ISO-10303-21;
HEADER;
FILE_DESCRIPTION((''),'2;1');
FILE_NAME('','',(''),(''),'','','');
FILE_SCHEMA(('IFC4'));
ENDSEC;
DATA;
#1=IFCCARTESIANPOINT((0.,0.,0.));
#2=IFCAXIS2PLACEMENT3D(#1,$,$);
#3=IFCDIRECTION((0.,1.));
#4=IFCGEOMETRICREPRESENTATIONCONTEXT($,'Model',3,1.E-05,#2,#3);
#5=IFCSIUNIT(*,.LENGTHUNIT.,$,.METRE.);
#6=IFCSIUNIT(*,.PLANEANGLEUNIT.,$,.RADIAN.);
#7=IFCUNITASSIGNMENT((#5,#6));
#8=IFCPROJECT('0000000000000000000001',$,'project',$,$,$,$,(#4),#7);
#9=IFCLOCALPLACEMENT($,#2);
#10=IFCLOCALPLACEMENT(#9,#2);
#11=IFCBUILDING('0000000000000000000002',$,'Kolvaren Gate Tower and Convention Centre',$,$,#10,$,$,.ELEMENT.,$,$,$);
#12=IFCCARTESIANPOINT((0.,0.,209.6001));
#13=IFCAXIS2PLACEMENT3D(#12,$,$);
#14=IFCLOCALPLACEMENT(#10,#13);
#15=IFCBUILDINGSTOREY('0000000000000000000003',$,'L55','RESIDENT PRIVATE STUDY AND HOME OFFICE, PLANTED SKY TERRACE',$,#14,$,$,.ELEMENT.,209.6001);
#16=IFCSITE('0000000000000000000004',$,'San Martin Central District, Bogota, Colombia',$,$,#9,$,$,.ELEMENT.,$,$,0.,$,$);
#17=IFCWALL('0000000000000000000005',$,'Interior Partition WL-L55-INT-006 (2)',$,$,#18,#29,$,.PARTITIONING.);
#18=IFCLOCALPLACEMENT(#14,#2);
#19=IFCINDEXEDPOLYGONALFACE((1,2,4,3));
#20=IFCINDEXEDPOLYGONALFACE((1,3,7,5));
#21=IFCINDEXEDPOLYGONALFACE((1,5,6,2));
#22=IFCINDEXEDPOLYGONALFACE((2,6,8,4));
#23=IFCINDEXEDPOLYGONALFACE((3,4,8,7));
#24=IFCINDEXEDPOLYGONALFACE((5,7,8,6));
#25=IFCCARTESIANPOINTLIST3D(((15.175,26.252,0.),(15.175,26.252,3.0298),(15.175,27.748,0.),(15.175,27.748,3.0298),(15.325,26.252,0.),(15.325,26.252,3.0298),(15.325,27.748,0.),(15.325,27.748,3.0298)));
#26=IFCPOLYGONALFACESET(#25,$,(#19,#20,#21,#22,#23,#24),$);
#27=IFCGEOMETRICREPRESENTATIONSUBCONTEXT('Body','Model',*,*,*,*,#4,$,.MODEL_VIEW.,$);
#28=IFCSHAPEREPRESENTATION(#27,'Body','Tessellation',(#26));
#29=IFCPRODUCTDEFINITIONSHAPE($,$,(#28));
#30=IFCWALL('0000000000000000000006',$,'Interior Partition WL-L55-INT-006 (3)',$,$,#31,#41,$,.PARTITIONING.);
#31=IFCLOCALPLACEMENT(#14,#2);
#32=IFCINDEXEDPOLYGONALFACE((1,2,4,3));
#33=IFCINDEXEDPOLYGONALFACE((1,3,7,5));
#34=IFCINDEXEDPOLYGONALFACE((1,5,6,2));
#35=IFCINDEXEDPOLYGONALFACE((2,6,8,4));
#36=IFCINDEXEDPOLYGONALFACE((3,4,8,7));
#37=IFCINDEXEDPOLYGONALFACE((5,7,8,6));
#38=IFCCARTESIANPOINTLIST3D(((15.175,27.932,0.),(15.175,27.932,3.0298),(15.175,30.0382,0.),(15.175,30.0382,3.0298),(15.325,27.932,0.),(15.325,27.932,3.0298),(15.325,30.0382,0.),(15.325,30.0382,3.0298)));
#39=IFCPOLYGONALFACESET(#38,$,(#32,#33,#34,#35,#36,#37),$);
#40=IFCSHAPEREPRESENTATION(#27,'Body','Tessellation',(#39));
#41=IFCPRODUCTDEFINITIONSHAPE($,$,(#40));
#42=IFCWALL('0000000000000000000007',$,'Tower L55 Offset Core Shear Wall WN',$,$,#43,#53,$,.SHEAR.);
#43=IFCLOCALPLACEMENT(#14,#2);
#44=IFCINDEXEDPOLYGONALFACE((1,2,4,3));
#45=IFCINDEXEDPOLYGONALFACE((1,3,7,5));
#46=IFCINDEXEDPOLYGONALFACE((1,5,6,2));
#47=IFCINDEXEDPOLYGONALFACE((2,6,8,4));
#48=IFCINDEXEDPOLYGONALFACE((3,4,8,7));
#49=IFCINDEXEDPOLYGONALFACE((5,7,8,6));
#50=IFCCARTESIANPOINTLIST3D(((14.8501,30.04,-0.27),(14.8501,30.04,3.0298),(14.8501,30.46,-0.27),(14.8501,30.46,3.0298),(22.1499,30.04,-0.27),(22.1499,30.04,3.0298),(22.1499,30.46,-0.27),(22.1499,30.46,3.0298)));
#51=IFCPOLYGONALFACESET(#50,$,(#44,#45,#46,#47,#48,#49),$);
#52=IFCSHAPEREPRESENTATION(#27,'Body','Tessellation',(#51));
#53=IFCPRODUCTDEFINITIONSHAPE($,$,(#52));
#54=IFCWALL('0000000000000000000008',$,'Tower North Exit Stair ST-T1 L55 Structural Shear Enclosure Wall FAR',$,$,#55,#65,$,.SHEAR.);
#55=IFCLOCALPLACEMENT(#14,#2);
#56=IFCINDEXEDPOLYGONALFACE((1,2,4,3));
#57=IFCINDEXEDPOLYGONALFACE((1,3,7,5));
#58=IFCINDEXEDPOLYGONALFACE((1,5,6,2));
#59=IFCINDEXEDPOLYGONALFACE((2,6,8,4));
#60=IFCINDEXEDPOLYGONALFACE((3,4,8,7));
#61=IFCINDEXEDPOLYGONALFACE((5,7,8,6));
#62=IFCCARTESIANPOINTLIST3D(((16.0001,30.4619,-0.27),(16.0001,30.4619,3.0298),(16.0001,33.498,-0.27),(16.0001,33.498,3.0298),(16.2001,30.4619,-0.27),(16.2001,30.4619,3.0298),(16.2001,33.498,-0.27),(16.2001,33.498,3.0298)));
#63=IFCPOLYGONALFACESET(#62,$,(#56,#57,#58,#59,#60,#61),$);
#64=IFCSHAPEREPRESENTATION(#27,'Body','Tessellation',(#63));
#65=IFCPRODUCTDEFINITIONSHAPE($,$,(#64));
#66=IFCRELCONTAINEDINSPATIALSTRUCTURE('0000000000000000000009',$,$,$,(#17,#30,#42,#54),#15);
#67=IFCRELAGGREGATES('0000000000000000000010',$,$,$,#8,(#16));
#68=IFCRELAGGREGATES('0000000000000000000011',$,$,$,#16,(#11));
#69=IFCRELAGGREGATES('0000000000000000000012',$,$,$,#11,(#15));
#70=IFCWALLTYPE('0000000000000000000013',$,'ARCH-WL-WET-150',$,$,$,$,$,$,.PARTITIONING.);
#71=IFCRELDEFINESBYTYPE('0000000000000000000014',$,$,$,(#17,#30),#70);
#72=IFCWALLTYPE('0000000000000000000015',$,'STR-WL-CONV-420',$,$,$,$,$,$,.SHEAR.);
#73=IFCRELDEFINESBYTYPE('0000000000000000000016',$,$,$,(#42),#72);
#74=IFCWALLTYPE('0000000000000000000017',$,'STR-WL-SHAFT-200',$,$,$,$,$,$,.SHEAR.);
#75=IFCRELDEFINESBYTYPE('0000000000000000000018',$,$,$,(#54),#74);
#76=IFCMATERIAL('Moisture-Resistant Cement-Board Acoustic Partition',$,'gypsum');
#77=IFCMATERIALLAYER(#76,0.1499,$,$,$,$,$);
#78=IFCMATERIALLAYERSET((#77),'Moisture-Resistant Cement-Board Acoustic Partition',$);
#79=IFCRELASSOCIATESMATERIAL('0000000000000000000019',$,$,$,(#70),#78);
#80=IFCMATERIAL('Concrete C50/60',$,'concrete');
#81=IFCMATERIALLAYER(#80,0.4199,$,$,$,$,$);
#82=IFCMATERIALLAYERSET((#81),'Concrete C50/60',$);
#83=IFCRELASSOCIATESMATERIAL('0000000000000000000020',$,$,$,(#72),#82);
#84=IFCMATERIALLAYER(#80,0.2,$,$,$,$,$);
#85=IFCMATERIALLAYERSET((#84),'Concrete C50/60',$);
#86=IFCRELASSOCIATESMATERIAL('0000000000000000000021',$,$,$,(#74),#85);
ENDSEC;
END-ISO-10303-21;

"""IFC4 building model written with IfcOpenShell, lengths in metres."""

from ifc_helpers import new_model, si_unit, direction, frame, frame_2d, origin, place, context, subcontext, project, spatial, rectangle, extrude, material, layer, layer_set, type_object, element, save


model = new_model("IFC4")

# Units and contexts
model_context = context("Model", 3, precision=1e-05, world=origin(), true_north=direction((0.0, 1.0)))
body_context = subcontext(model_context, "Body", "Model", "MODEL_VIEW")
ifc_project = project(units=[si_unit("LENGTHUNIT", "METRE"), si_unit("PLANEANGLEUNIT", "RADIAN")], contexts=[model_context])

# Site, building, storey
site_placement = place(None, origin())
site = spatial("IfcSite", under=ifc_project, at=site_placement, Name="San Martin Central District, Bogota, Colombia", CompositionType="ELEMENT", RefElevation=0.0)
building_placement = place(site_placement, origin())
building = spatial("IfcBuilding", under=site, at=building_placement, Name="Kolvaren Gate Tower and Convention Centre", CompositionType="ELEMENT")
storey_placement = place(building_placement, frame((0.0, 0.0, 209.6001)))
storey = spatial("IfcBuildingStorey", under=building, at=storey_placement, Name="L55", Description="RESIDENT PRIVATE STUDY AND HOME OFFICE, PLANTED SKY TERRACE", CompositionType="ELEMENT", Elevation=209.6001)

# Walls
ifc_material_1 = material(Name="Moisture-Resistant Cement-Board Acoustic Partition", Category="gypsum")
ifc_layer_1 = layer(ifc_material_1, 0.1499)
ifc_layer_set_1 = layer_set([ifc_layer_1], Name="Moisture-Resistant Cement-Board Acoustic Partition")
wall_type_1 = type_object("IfcWallType", Name="ARCH-WL-WET-150", PredefinedType="PARTITIONING", material=ifc_layer_set_1)
wall_1_placement = place(storey_placement, frame((15.25, 26.252, 0.0), z_axis=(0.0, 0.0, 1.0), x_axis=(0.0, 1.0, 0.0)))
element("IfcWall", 1, at=wall_1_placement, inside=storey, type_object=wall_type_1, Name="Interior Partition WL-L55-INT-006 (2)", PredefinedType="PARTITIONING", context=body_context, shape_type="SweptSolid", body=[
    extrude(rectangle(XDim=1.4961, YDim=0.1499, at=frame_2d((0.748, 0.0))), origin(), (0.0, 0.0, 1.0), 3.0298),
])
wall_2_placement = place(storey_placement, frame((15.25, 27.9319, 0.0), z_axis=(0.0, 0.0, 1.0), x_axis=(0.0, 1.0, 0.0)))
element("IfcWall", 2, at=wall_2_placement, inside=storey, type_object=wall_type_1, Name="Interior Partition WL-L55-INT-006 (3)", PredefinedType="PARTITIONING", context=body_context, shape_type="SweptSolid", body=[
    extrude(rectangle(XDim=2.1062, YDim=0.1499, at=frame_2d((1.0532, 0.0))), origin(), (0.0, 0.0, 1.0), 3.0298),
])
ifc_material_2 = material(Name="Concrete C50/60", Category="concrete")
ifc_layer_2 = layer(ifc_material_2, 0.4199)
ifc_layer_set_2 = layer_set([ifc_layer_2], Name="Concrete C50/60")
wall_type_2 = type_object("IfcWallType", Name="STR-WL-CONV-420", PredefinedType="SHEAR", material=ifc_layer_set_2)
wall_3_placement = place(storey_placement, frame((14.8501, 30.25, -0.27), z_axis=(0.0, 0.0, 1.0), x_axis=(1.0, 0.0, 0.0)))
element("IfcWall", 3, at=wall_3_placement, inside=storey, type_object=wall_type_2, Name="Tower L55 Offset Core Shear Wall WN", PredefinedType="SHEAR", context=body_context, shape_type="SweptSolid", body=[
    extrude(rectangle(XDim=7.2998, YDim=0.4199, at=frame_2d((3.6499, 0.0))), origin(), (0.0, 0.0, 1.0), 3.2998),
])
ifc_layer_3 = layer(ifc_material_2, 0.2)
ifc_layer_set_3 = layer_set([ifc_layer_3], Name="Concrete C50/60")
wall_type_3 = type_object("IfcWallType", Name="STR-WL-SHAFT-200", PredefinedType="SHEAR", material=ifc_layer_set_3)
wall_4_placement = place(storey_placement, frame((16.1001, 30.4619, -0.27), z_axis=(0.0, 0.0, 1.0), x_axis=(0.0, 1.0, 0.0)))
element("IfcWall", 4, at=wall_4_placement, inside=storey, type_object=wall_type_3, Name="Tower North Exit Stair ST-T1 L55 Structural Shear Enclosure Wall FAR", PredefinedType="SHEAR", context=body_context, shape_type="SweptSolid", body=[
    extrude(rectangle(XDim=3.0361, YDim=0.2, at=frame_2d((1.5181, 0.0))), origin(), (0.0, 0.0, 1.0), 3.2998),
])

save(model, "model.ifc")
